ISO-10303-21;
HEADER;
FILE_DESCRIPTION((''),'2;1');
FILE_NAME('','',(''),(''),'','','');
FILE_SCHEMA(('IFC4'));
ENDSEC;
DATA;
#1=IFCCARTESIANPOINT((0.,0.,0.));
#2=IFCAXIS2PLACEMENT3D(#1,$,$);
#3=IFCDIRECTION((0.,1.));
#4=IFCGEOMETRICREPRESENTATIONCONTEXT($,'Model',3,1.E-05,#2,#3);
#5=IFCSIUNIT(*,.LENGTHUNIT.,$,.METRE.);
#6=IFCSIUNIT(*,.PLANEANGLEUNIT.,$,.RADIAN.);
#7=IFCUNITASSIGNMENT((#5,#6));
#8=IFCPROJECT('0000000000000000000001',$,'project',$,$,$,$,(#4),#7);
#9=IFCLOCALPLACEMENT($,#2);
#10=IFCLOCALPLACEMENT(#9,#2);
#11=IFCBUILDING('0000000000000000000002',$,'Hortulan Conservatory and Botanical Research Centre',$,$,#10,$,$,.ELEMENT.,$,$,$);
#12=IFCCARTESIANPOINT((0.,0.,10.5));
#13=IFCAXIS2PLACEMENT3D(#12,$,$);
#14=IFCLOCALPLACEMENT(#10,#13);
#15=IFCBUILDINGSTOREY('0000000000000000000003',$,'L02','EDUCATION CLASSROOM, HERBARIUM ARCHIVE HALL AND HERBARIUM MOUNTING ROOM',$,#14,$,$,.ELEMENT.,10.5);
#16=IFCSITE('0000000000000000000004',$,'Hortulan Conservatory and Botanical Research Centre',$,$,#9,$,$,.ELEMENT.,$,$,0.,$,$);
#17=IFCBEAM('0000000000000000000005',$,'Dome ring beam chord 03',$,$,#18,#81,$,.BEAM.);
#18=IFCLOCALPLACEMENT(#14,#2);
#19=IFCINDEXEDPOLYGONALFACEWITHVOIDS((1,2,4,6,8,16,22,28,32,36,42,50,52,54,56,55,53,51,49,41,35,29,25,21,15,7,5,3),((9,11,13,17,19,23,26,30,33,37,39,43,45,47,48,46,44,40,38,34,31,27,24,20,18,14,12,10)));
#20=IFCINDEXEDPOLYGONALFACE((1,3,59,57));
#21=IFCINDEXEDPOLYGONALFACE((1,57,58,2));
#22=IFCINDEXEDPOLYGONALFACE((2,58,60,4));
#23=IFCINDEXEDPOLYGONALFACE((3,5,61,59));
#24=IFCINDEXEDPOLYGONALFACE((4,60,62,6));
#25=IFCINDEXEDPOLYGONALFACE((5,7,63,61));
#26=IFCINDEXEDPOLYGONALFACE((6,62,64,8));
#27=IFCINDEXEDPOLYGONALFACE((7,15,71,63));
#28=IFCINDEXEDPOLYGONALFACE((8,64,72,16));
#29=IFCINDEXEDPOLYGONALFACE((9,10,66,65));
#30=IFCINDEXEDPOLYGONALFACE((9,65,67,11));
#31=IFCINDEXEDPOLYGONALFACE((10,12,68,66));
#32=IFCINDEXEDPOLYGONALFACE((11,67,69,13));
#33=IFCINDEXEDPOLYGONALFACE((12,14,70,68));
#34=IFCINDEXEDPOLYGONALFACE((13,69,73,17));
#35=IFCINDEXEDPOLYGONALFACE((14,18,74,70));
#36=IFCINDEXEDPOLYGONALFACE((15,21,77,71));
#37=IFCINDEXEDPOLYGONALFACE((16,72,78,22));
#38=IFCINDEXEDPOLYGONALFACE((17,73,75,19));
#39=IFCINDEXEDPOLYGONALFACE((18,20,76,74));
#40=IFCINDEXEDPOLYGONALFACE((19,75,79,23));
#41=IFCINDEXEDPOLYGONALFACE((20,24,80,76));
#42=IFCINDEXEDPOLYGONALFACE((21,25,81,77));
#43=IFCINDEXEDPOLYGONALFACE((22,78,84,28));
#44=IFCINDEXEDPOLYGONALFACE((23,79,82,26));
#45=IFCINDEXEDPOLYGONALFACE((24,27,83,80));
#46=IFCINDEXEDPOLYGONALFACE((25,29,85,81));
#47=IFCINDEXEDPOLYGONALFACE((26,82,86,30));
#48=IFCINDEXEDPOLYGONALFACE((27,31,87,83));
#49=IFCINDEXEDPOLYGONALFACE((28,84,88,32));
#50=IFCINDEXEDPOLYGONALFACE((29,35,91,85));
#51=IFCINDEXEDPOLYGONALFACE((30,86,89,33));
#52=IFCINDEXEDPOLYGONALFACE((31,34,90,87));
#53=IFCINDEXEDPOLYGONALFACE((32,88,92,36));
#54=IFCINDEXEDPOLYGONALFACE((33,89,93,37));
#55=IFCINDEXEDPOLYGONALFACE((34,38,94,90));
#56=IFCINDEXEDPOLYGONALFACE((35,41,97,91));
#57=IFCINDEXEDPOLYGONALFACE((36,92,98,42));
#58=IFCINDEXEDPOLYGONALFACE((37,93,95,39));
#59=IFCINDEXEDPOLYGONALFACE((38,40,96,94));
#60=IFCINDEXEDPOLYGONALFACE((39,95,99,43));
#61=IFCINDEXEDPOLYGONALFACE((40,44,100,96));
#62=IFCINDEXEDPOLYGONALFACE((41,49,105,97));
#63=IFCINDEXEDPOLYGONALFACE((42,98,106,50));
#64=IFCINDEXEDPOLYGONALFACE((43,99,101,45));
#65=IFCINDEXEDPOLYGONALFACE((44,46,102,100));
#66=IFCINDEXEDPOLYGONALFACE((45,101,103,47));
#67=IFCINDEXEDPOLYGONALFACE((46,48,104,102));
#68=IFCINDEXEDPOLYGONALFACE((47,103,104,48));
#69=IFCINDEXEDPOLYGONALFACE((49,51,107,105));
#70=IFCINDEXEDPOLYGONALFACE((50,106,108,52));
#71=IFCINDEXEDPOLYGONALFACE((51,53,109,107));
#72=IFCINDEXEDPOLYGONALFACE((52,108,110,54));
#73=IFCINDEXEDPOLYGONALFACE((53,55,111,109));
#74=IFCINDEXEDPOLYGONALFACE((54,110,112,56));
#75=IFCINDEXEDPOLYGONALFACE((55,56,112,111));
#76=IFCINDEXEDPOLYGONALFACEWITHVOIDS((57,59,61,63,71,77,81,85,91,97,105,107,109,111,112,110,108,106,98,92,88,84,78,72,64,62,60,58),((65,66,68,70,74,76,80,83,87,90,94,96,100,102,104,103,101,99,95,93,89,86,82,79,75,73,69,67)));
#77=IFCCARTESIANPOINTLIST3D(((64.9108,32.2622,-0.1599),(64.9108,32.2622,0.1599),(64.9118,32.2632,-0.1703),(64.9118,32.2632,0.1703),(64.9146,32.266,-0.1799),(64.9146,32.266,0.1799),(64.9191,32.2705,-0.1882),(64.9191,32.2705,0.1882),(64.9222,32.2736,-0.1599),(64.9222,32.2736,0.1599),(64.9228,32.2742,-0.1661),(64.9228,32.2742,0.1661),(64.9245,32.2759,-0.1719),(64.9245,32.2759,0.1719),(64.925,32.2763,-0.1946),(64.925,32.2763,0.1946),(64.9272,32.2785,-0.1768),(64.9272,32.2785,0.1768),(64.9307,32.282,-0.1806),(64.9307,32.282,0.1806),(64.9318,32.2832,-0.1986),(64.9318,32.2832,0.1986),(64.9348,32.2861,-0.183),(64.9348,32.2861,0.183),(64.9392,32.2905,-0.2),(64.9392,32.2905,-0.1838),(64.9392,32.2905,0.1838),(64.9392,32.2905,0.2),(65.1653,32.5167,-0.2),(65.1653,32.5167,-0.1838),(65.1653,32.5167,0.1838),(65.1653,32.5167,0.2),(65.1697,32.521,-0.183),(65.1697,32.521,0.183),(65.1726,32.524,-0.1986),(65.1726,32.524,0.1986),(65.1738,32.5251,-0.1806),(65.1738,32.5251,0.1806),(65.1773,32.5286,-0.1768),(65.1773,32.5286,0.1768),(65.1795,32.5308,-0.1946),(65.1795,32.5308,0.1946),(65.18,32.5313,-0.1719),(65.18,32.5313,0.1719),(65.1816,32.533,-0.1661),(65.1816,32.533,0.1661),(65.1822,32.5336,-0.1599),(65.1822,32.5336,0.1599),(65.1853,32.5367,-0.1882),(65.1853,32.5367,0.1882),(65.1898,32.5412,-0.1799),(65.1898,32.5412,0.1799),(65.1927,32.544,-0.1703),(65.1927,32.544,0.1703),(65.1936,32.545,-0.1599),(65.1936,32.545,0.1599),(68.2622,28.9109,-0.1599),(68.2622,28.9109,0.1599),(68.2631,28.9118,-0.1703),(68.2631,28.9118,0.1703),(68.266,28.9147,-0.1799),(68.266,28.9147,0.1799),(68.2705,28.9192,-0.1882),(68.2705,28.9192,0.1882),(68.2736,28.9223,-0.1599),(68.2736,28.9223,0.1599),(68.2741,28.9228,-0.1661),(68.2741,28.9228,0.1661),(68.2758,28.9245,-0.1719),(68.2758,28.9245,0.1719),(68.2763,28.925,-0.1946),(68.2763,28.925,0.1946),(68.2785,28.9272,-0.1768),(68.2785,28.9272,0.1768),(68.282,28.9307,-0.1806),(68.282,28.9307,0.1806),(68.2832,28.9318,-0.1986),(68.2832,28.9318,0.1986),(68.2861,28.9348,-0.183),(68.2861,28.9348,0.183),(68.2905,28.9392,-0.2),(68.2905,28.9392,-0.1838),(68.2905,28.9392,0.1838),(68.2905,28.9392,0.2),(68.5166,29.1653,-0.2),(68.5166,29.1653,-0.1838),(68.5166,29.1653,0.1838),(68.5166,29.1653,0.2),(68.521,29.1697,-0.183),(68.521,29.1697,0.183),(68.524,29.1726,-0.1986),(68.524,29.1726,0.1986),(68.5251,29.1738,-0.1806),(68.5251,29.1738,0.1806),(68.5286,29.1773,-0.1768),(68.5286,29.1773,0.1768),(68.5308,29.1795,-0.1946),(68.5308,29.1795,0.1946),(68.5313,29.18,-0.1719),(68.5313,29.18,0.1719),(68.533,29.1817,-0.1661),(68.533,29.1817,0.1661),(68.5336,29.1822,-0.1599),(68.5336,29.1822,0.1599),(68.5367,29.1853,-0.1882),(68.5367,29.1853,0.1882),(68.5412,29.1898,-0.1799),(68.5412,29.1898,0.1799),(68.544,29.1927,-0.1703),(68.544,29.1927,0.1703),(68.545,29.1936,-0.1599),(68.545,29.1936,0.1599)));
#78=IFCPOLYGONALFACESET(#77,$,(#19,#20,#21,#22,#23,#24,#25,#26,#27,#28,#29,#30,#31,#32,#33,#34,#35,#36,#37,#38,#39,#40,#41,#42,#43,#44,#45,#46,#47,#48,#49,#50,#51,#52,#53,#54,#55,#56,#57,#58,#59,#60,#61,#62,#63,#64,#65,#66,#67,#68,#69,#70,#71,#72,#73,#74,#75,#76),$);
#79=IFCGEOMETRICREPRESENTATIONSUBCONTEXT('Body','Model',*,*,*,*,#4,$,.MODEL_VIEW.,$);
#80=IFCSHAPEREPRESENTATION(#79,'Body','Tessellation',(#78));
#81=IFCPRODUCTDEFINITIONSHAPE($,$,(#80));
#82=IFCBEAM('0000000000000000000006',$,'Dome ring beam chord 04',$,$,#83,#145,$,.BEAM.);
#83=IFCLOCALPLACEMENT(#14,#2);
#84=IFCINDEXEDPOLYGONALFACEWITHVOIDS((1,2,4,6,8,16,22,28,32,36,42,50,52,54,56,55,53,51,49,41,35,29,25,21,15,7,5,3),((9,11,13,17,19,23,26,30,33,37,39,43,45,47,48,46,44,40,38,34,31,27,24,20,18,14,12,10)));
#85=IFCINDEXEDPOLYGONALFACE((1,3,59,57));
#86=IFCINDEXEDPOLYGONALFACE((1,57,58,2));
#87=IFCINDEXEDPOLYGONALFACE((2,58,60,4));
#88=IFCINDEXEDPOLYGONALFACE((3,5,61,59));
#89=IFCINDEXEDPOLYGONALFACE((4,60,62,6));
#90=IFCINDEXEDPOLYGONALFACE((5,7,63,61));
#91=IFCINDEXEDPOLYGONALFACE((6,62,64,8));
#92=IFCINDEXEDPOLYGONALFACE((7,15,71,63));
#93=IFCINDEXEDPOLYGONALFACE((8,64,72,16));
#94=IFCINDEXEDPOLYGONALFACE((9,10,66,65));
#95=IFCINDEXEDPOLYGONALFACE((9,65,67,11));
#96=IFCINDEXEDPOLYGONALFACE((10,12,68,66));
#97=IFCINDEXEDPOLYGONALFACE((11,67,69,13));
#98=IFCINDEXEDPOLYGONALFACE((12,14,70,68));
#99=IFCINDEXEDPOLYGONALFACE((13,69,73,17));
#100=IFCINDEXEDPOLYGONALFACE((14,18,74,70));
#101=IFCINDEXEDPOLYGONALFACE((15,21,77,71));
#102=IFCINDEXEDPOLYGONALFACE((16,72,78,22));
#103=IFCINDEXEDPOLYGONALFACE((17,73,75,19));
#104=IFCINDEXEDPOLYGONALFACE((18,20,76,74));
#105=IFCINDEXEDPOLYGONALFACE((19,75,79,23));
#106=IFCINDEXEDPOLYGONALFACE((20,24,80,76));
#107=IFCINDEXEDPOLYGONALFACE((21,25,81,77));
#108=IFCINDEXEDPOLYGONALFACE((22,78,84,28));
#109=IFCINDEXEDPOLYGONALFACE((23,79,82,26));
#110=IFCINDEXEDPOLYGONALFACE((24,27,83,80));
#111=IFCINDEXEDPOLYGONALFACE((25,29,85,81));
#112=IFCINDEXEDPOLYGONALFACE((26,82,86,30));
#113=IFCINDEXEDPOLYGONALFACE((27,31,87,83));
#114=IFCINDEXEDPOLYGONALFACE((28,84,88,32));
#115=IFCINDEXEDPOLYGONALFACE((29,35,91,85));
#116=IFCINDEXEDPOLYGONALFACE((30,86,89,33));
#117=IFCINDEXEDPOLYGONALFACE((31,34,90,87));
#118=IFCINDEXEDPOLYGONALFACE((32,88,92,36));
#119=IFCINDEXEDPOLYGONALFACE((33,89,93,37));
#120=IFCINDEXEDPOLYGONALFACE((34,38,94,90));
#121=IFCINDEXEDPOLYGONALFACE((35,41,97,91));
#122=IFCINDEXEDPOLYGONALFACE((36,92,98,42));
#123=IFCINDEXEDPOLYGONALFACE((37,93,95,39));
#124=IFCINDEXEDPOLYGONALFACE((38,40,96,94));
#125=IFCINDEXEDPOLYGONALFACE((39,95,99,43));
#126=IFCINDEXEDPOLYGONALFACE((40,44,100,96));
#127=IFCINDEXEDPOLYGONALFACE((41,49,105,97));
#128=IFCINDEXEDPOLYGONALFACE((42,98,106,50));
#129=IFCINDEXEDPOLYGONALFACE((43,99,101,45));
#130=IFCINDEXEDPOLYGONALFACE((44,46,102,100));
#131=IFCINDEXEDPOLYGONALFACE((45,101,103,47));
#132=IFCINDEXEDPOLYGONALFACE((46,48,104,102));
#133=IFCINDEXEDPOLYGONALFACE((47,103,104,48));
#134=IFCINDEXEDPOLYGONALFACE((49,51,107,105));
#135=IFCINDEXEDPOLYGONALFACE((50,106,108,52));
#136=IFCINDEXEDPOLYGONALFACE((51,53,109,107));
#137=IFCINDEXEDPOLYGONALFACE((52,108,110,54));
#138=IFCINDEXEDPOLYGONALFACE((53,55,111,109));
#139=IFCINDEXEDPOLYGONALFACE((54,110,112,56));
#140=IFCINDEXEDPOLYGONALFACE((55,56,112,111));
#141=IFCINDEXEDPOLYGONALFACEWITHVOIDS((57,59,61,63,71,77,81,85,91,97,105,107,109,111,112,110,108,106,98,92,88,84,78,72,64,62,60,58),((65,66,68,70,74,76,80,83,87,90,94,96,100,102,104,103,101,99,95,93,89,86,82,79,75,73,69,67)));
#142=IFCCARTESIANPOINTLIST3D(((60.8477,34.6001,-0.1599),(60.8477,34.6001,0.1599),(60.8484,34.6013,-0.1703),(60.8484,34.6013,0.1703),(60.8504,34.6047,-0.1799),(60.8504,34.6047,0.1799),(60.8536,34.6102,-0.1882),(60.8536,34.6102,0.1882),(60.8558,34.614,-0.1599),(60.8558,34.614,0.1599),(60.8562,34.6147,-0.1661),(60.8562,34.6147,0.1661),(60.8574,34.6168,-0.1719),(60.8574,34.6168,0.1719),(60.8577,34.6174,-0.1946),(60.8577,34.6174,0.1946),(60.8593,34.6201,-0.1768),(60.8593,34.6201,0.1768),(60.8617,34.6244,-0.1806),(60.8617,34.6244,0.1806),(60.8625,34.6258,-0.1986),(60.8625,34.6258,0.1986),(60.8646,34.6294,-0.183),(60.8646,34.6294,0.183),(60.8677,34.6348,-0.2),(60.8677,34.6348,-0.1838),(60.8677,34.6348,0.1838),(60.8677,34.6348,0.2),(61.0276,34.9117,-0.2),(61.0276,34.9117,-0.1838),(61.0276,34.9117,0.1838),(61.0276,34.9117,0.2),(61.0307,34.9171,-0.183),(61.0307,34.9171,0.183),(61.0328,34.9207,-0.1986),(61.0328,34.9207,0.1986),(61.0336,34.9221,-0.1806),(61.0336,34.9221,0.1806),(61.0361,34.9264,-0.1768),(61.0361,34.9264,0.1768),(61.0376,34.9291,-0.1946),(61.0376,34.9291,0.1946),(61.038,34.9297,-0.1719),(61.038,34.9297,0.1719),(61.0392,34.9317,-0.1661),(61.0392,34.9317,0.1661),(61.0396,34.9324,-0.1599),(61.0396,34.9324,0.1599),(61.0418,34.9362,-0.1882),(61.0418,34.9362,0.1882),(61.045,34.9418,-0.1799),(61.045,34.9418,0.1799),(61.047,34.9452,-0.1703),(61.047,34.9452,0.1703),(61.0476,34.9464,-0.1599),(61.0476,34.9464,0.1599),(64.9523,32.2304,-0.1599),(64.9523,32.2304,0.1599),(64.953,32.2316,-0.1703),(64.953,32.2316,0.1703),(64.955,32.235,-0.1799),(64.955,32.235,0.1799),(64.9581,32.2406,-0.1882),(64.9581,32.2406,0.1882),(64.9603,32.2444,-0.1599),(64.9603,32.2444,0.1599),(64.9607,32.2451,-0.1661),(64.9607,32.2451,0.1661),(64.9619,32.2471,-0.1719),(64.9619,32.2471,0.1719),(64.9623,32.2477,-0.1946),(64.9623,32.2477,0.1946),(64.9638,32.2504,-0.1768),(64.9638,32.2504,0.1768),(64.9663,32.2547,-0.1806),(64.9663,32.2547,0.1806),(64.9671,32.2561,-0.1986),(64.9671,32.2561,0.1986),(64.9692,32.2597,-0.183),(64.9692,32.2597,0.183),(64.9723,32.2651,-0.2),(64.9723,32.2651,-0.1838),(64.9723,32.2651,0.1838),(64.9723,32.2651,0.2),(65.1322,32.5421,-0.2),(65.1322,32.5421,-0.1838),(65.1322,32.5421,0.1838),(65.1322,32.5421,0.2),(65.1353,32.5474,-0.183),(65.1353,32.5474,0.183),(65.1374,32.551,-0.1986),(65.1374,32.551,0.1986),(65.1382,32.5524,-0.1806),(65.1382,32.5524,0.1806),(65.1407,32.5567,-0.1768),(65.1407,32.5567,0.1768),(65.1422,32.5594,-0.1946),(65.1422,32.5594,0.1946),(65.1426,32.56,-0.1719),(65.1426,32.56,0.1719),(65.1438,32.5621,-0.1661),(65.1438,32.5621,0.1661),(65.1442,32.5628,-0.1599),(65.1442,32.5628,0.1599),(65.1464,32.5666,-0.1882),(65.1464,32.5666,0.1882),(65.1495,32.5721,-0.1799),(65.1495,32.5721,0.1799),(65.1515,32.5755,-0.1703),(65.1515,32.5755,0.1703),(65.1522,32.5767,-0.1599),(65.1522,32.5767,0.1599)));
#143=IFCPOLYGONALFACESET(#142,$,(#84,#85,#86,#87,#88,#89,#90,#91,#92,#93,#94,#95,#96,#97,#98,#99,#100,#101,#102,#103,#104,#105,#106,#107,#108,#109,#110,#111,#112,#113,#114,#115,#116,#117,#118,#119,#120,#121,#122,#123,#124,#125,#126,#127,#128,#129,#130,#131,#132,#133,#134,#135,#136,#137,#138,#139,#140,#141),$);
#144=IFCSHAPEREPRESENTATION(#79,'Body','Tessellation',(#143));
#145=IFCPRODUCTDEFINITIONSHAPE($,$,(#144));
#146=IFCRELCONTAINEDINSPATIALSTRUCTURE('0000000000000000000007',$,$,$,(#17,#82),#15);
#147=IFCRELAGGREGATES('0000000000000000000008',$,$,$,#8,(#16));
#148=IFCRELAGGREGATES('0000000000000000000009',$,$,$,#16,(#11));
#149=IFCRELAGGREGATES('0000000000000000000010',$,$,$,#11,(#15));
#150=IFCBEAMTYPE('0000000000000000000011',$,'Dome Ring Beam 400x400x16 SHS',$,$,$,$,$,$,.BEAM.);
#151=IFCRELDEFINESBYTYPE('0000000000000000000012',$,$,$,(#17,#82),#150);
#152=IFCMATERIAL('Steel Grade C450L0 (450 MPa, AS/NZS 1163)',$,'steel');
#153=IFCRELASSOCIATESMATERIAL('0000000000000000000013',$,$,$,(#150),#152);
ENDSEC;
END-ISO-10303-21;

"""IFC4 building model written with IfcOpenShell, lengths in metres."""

from ifc_helpers import new_model, si_unit, direction, frame, origin, origin_2d, place, context, subcontext, project, spatial, hollow_rectangle, extrude, material, material_profile, profile_set, type_object, element, save


model = new_model("IFC4")

# Units and contexts
model_context = context("Model", 3, precision=1e-05, world=origin(), true_north=direction((0.0, 1.0)))
body_context = subcontext(model_context, "Body", "Model", "MODEL_VIEW")
ifc_project = project(units=[si_unit("LENGTHUNIT", "METRE"), si_unit("PLANEANGLEUNIT", "RADIAN")], contexts=[model_context])

# Site, building, storey
site_placement = place(None, origin())
site = spatial("IfcSite", under=ifc_project, at=site_placement, Name="Hortulan Conservatory and Botanical Research Centre", CompositionType="ELEMENT", RefElevation=0.0)
building_placement = place(site_placement, origin())
building = spatial("IfcBuilding", under=site, at=building_placement, Name="Hortulan Conservatory and Botanical Research Centre", CompositionType="ELEMENT")
storey_placement = place(building_placement, frame((0.0, 0.0, 10.5)))
storey = spatial("IfcBuildingStorey", under=building, at=storey_placement, Name="L02", Description="EDUCATION CLASSROOM, HERBARIUM ARCHIVE HALL AND HERBARIUM MOUNTING ROOM", CompositionType="ELEMENT", Elevation=10.5)

# Beams
ifc_material_1 = material(Name="Steel Grade C450L0 (450 MPa, AS/NZS 1163)", Category="steel")
ifc_material_profile_1 = material_profile(ifc_material_1, hollow_rectangle(XDim=0.3999, YDim=0.3999, WallThickness=0.0161, InnerFilletRadius=0.0239, OuterFilletRadius=0.04, at=origin_2d()), Name="400x400x16SHS")
ifc_profile_set_1 = profile_set([ifc_material_profile_1], Name="Steel Grade C450L0 (450 MPa, AS/NZS 1163)")
beam_type_1 = type_object("IfcBeamType", Name="Dome Ring Beam 400x400x16 SHS", PredefinedType="BEAM", material=ifc_profile_set_1)
for number, where, z_axis, x_axis, name in (
    (1, (68.4036, 29.0522, 0.0), (-0.707107, 0.707107, 0.0), (-0.707107, -0.707107, 0.0), "Dome ring beam chord 03"),
    (2, (65.0522, 32.4036, 0.0), (-0.866035, 0.499984, 0.0), (-0.499984, -0.866035, 0.0), "Dome ring beam chord 04"),
):
    element("IfcBeam", number, at=place(storey_placement, frame(where, z_axis=z_axis, x_axis=x_axis)), inside=storey, type_object=beam_type_1, Name=name, PredefinedType="BEAM", context=body_context, shape_type="SweptSolid", body=[
        extrude(hollow_rectangle(XDim=0.3999, YDim=0.3999, WallThickness=0.0161, InnerFilletRadius=0.0239, OuterFilletRadius=0.04, at=origin_2d()), origin(), (0.0, 0.0, 1.0), 4.7395),
    ])

save(model, "model.ifc")
